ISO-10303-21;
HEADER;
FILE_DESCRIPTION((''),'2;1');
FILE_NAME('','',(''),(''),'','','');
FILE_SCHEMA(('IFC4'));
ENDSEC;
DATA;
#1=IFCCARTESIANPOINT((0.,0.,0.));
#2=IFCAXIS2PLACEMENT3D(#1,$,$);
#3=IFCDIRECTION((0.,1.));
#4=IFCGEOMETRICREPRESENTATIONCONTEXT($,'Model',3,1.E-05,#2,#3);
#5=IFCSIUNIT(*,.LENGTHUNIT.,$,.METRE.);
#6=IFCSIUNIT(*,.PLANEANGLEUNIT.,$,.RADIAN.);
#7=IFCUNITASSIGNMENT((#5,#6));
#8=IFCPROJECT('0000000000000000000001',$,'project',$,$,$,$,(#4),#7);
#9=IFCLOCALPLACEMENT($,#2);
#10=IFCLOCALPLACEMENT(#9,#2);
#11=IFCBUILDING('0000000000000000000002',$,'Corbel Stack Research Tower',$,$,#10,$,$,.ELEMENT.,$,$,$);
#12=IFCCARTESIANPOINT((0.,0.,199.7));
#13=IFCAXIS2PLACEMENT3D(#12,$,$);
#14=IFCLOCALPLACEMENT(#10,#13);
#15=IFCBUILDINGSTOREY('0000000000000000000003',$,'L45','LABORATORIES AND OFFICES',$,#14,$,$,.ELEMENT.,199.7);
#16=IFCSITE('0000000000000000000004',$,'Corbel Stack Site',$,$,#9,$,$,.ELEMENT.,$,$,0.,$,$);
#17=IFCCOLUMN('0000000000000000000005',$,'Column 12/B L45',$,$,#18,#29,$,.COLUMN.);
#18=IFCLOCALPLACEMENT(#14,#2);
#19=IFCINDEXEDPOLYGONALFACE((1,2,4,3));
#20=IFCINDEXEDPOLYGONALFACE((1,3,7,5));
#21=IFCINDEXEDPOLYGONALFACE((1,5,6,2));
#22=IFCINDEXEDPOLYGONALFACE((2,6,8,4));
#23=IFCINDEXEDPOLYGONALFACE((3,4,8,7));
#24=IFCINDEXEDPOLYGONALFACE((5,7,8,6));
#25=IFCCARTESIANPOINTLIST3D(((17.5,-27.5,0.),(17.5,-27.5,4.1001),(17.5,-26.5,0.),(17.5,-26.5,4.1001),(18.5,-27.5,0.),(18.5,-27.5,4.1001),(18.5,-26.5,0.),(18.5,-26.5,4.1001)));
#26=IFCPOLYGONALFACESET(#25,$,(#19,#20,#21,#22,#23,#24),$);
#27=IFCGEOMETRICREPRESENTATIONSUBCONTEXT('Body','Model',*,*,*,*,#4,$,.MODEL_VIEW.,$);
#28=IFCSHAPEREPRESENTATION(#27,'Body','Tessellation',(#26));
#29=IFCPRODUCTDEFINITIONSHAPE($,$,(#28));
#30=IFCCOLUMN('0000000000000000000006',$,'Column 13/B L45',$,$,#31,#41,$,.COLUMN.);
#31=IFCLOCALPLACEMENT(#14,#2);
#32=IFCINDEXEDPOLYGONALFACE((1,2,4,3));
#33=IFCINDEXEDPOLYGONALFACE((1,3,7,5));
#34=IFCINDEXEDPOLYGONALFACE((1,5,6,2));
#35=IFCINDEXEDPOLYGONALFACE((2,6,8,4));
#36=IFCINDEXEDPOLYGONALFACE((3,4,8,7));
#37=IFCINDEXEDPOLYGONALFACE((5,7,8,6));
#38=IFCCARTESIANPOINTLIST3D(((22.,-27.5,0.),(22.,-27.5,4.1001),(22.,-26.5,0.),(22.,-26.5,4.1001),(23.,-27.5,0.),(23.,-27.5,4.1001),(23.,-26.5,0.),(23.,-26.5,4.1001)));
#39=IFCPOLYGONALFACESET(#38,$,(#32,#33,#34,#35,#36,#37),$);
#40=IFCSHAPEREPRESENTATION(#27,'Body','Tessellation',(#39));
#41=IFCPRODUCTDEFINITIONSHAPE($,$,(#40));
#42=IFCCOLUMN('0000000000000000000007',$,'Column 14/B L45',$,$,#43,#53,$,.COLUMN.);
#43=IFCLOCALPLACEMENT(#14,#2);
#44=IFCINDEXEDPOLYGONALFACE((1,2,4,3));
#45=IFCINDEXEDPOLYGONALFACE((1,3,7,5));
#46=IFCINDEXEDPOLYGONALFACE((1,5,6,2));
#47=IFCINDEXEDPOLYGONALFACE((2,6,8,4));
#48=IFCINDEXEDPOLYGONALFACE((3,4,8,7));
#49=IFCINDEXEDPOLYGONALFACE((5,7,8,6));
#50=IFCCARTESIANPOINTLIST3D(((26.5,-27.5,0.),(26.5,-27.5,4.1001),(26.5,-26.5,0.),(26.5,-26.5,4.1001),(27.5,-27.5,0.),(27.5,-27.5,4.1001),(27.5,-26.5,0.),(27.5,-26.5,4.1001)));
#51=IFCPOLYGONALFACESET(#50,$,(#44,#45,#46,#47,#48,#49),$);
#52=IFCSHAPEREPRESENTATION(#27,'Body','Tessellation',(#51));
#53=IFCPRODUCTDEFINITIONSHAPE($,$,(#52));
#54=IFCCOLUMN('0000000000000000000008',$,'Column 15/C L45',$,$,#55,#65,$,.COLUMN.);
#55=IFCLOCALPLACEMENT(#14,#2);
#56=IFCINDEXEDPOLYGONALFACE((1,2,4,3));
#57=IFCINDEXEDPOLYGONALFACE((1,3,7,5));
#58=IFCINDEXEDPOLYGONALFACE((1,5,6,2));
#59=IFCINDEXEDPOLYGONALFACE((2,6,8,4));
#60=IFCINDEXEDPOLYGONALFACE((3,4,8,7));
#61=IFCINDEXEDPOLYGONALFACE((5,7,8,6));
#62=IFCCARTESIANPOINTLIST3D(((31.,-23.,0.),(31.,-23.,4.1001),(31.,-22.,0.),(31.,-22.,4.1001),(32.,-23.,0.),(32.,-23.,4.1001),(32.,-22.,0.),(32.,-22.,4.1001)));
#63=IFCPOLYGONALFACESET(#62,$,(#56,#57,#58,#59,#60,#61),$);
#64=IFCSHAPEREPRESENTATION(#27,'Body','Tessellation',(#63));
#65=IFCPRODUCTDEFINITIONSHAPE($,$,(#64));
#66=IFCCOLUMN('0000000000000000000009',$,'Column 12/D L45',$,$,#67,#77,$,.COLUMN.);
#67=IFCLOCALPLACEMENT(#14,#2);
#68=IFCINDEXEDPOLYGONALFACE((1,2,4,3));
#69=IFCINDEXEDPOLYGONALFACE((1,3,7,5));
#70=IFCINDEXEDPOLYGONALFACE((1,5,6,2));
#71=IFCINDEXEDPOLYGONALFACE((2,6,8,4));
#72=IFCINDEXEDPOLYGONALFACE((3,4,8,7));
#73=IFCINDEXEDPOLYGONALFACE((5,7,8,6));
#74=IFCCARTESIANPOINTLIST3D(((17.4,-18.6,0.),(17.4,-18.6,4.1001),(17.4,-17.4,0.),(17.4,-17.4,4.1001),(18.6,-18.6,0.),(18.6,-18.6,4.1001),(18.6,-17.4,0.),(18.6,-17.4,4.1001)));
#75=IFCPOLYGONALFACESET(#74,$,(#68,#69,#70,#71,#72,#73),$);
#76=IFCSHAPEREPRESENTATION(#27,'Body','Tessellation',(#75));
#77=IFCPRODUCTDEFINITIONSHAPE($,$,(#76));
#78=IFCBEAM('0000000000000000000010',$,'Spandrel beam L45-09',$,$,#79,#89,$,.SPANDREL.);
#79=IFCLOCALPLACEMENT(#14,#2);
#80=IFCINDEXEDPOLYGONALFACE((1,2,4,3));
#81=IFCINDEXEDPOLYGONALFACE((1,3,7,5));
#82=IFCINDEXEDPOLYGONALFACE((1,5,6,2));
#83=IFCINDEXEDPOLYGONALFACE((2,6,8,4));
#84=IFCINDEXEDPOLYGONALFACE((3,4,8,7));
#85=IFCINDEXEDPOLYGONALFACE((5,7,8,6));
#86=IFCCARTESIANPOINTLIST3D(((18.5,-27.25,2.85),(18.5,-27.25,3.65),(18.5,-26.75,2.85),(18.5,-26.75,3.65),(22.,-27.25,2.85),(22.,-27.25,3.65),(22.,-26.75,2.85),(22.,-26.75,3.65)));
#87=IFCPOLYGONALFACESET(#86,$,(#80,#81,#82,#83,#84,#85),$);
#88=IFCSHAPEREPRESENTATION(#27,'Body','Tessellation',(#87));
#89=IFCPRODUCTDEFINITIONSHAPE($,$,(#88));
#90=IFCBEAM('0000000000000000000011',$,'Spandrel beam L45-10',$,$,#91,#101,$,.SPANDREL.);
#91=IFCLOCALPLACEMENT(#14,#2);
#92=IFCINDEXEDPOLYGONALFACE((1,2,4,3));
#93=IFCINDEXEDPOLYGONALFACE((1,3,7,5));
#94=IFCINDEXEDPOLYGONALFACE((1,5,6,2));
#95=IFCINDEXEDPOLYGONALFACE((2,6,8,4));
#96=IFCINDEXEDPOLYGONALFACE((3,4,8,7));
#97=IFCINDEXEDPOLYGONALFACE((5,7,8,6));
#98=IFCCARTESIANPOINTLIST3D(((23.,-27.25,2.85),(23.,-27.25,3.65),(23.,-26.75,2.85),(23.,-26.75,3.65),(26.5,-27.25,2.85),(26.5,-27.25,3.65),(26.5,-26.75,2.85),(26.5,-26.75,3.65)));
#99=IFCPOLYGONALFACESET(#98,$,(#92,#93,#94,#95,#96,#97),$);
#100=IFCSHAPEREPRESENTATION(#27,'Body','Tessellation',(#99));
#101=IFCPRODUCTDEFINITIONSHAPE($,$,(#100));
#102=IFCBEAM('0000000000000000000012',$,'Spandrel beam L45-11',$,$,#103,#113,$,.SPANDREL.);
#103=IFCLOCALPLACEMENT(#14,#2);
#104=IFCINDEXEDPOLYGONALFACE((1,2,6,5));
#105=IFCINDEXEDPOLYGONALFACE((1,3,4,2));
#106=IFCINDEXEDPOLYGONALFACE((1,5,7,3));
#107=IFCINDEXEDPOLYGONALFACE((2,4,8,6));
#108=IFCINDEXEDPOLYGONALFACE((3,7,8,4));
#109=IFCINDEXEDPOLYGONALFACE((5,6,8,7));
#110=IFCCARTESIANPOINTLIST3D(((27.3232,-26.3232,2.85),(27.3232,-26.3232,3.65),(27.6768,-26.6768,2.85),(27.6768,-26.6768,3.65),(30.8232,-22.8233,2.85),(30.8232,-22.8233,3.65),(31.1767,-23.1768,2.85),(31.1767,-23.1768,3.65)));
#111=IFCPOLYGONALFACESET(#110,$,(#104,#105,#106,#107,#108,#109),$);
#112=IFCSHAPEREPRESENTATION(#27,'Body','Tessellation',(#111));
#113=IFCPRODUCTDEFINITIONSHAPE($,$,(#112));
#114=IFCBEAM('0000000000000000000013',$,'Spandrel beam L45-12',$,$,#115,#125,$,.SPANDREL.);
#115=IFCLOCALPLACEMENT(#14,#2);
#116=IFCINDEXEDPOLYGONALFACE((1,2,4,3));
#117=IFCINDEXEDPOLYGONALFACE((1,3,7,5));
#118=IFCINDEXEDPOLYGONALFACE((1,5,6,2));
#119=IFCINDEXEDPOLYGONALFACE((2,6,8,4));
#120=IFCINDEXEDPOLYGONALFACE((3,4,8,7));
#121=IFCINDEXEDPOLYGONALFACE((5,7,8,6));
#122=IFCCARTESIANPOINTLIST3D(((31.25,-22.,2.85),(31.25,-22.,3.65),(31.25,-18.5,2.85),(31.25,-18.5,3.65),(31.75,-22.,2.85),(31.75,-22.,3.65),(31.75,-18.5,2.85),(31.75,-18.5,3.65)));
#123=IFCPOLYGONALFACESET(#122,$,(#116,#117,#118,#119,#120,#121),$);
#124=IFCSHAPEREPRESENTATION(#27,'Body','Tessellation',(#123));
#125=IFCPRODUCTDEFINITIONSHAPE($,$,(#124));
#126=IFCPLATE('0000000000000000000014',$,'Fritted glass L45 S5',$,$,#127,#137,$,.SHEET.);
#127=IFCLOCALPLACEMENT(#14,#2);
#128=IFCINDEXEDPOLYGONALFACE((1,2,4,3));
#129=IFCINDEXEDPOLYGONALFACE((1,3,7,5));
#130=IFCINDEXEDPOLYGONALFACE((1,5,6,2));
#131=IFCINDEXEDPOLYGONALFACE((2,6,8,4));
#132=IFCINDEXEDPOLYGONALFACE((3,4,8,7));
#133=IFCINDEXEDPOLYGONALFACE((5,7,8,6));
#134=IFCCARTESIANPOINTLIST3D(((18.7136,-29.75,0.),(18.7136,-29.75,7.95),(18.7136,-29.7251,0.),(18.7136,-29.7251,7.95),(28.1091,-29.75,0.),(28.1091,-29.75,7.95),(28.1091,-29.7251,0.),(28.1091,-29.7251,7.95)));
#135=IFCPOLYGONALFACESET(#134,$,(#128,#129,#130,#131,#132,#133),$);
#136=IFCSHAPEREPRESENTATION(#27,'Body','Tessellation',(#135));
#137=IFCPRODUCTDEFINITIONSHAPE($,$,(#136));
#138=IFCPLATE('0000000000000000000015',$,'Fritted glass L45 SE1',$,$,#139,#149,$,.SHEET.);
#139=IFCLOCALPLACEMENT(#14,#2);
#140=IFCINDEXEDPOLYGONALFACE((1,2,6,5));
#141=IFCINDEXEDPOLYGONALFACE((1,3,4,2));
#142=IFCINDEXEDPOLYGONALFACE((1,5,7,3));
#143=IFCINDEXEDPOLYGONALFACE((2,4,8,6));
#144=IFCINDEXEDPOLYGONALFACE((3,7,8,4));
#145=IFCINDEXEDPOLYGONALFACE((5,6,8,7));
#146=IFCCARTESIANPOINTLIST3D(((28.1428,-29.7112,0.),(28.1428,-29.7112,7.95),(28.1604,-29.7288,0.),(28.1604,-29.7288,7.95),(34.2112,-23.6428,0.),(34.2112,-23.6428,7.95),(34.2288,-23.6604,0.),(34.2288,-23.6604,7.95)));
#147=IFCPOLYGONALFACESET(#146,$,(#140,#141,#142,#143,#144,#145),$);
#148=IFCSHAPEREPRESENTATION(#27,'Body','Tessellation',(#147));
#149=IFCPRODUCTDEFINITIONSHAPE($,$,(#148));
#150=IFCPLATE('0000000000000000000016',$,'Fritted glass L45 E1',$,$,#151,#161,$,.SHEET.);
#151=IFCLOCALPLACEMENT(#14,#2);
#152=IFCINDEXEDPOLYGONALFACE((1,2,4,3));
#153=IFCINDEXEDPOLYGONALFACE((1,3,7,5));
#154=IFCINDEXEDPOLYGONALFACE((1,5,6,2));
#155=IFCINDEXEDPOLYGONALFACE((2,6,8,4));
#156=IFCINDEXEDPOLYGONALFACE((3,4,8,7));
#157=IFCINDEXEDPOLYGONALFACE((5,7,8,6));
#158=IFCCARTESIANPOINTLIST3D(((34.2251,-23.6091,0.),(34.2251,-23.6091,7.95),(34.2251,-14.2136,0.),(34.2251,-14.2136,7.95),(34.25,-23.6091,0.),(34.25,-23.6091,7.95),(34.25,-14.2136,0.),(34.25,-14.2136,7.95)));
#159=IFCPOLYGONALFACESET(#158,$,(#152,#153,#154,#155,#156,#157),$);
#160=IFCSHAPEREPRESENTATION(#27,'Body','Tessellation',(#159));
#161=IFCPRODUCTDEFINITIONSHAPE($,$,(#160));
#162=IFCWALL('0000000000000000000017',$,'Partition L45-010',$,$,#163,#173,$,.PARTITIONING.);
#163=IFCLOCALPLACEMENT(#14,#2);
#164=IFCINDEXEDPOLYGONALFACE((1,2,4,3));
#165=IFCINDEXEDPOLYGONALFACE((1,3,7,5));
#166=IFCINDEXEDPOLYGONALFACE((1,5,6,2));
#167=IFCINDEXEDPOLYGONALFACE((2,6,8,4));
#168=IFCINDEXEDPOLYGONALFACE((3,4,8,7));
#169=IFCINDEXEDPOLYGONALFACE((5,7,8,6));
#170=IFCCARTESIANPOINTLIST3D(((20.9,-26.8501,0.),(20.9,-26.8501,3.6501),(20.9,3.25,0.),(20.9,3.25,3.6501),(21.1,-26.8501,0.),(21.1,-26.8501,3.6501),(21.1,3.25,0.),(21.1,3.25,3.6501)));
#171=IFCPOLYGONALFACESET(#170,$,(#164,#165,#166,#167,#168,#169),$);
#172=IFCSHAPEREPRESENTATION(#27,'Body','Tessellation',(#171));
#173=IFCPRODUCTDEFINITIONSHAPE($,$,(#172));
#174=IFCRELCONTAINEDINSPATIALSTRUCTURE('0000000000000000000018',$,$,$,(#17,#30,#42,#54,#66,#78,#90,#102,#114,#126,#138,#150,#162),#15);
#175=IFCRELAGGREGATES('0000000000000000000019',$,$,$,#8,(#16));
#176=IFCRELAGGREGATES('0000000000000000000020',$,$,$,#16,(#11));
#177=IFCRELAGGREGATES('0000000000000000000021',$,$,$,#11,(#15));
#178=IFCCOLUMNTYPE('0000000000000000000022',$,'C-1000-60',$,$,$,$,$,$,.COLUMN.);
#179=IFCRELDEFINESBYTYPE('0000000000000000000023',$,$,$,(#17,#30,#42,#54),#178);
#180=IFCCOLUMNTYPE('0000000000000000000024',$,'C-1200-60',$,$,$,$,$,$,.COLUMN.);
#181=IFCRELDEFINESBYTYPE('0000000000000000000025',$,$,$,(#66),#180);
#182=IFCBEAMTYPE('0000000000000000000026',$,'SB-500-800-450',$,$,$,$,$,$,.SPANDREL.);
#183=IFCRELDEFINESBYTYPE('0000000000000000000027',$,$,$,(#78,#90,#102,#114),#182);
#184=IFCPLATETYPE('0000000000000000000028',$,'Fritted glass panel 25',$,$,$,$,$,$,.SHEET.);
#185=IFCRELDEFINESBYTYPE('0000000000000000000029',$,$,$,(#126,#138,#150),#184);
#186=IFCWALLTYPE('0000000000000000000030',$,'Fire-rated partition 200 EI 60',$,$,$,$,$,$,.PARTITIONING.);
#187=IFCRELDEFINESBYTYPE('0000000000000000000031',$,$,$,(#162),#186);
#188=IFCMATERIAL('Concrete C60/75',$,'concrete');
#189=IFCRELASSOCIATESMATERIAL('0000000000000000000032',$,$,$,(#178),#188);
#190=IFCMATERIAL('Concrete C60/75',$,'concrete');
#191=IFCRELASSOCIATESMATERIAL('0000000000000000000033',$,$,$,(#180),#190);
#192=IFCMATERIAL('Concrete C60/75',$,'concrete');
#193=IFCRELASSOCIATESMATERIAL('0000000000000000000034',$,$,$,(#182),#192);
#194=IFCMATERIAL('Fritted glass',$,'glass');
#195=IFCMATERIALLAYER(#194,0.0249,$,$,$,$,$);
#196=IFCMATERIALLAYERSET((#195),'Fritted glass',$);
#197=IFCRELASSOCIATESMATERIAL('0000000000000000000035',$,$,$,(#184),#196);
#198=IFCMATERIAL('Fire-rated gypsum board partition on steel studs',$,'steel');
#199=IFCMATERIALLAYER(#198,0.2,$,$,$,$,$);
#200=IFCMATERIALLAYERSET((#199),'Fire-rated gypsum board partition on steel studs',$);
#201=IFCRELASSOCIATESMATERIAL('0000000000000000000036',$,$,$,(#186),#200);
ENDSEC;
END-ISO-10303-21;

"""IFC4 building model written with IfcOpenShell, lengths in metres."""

from ifc_helpers import new_model, si_unit, direction, frame, frame_2d, origin, origin_2d, place, context, subcontext, project, spatial, rectangle, extrude, material, layer, layer_set, material_profile, profile_set, type_object, element, save


model = new_model("IFC4")

# Units and contexts
model_context = context("Model", 3, precision=1e-05, world=origin(), true_north=direction((0.0, 1.0)))
body_context = subcontext(model_context, "Body", "Model", "MODEL_VIEW")
ifc_project = project(units=[si_unit("LENGTHUNIT", "METRE"), si_unit("PLANEANGLEUNIT", "RADIAN")], contexts=[model_context])

# Site, building, storey
site_placement = place(None, origin())
site = spatial("IfcSite", under=ifc_project, at=site_placement, Name="Corbel Stack Site", CompositionType="ELEMENT", RefElevation=0.0)
building_placement = place(site_placement, origin())
building = spatial("IfcBuilding", under=site, at=building_placement, Name="Corbel Stack Research Tower", CompositionType="ELEMENT")
storey_placement = place(building_placement, frame((0.0, 0.0, 199.7)))
storey = spatial("IfcBuildingStorey", under=building, at=storey_placement, Name="L45", Description="LABORATORIES AND OFFICES", CompositionType="ELEMENT", Elevation=199.7)

# Columns
ifc_material_1 = material(Name="Concrete C60/75", Category="concrete")
ifc_material_profile_1 = material_profile(ifc_material_1, rectangle(XDim=1.0, YDim=1.0, at=origin_2d()), Name="RC 1000 x 1000")
ifc_profile_set_1 = profile_set([ifc_material_profile_1], Name="Concrete C60/75")
column_type_1 = type_object("IfcColumnType", Name="C-1000-60", PredefinedType="COLUMN", material=ifc_profile_set_1)
for number, where, z_axis, x_axis, name in (
    (1, (18.0, -27.0, 0.0), (0.0, 0.0, 1.0), (1.0, 0.0, 0.0), "Column 12/B L45"),
    (2, (22.5, -27.0, 0.0), (0.0, 0.0, 1.0), (1.0, 0.0, 0.0), "Column 13/B L45"),
    (3, (27.0, -27.0, 0.0), (0.0, 0.0, 1.0), (1.0, 0.0, 0.0), "Column 14/B L45"),
    (4, (31.5, -22.5, 0.0), (0.0, 0.0, 1.0), (1.0, 0.0, 0.0), "Column 15/C L45"),
):
    element("IfcColumn", number, at=place(storey_placement, frame(where, z_axis=z_axis, x_axis=x_axis)), inside=storey, type_object=column_type_1, Name=name, PredefinedType="COLUMN", context=body_context, shape_type="SweptSolid", body=[
        extrude(rectangle(XDim=1.0, YDim=1.0, at=origin_2d()), origin(), (0.0, 0.0, 1.0), 4.1001),
    ])
ifc_material_2 = material(Name="Concrete C60/75", Category="concrete")
ifc_material_profile_2 = material_profile(ifc_material_2, rectangle(XDim=1.2, YDim=1.2, at=origin_2d()), Name="RC 1200 x 1200")
ifc_profile_set_2 = profile_set([ifc_material_profile_2], Name="Concrete C60/75")
column_type_2 = type_object("IfcColumnType", Name="C-1200-60", PredefinedType="COLUMN", material=ifc_profile_set_2)
column_placement = place(storey_placement, frame((18.0, -18.0, 0.0), z_axis=(0.0, 0.0, 1.0), x_axis=(1.0, 0.0, 0.0)))
element("IfcColumn", 5, at=column_placement, inside=storey, type_object=column_type_2, Name="Column 12/D L45", PredefinedType="COLUMN", context=body_context, shape_type="SweptSolid", body=[
    extrude(rectangle(XDim=1.2, YDim=1.2, at=origin_2d()), origin(), (0.0, 0.0, 1.0), 4.1001),
])

# Beams
ifc_material_3 = material(Name="Concrete C60/75", Category="concrete")
ifc_material_profile_3 = material_profile(ifc_material_3, rectangle(XDim=0.5, YDim=0.8, at=origin_2d()), Name="RC 500 x 800")
ifc_profile_set_3 = profile_set([ifc_material_profile_3], Name="Concrete C60/75")
beam_type = type_object("IfcBeamType", Name="SB-500-800-450", PredefinedType="SPANDREL", material=ifc_profile_set_3)
for number, where, z_axis, x_axis, name in (
    (6, (18.5, -27.0, 3.25), (1.0, 0.0, 0.0), (0.0, 1.0, 0.0), "Spandrel beam L45-09"),
    (7, (23.0, -27.0, 3.25), (1.0, 0.0, 0.0), (0.0, 1.0, 0.0), "Spandrel beam L45-10"),
):
    element("IfcBeam", number, at=place(storey_placement, frame(where, z_axis=z_axis, x_axis=x_axis)), inside=storey, type_object=beam_type, Name=name, PredefinedType="SPANDREL", context=body_context, shape_type="SweptSolid", body=[
        extrude(rectangle(XDim=0.5, YDim=0.8, at=origin_2d()), origin(), (0.0, 0.0, 1.0), 3.5),
    ])
beam_1_placement = place(storey_placement, frame((27.5, -26.5, 3.25), z_axis=(0.707107, 0.707107, 0.0), x_axis=(-0.707107, 0.707107, 0.0)))
element("IfcBeam", 8, at=beam_1_placement, inside=storey, type_object=beam_type, Name="Spandrel beam L45-11", PredefinedType="SPANDREL", context=body_context, shape_type="SweptSolid", body=[
    extrude(rectangle(XDim=0.5, YDim=0.8, at=origin_2d()), origin(), (0.0, 0.0, 1.0), 4.9497),
])
beam_2_placement = place(storey_placement, frame((31.5, -22.0, 3.25), z_axis=(0.0, 1.0, 0.0), x_axis=(-1.0, 0.0, 0.0)))
element("IfcBeam", 9, at=beam_2_placement, inside=storey, type_object=beam_type, Name="Spandrel beam L45-12", PredefinedType="SPANDREL", context=body_context, shape_type="SweptSolid", body=[
    extrude(rectangle(XDim=0.5, YDim=0.8, at=origin_2d()), origin(), (0.0, 0.0, 1.0), 3.5),
])

# Plates
ifc_material_4 = material(Name="Fritted glass", Category="glass")
ifc_layer_1 = layer(ifc_material_4, 0.0249)
ifc_layer_set_1 = layer_set([ifc_layer_1], Name="Fritted glass")
plate_type = type_object("IfcPlateType", Name="Fritted glass panel 25", PredefinedType="SHEET", material=ifc_layer_set_1)
plate_1_placement = place(storey_placement, frame((23.4114, -29.7375, 0.0), z_axis=(0.0, 0.0, 1.0), x_axis=(1.0, 0.0, 0.0)))
element("IfcPlate", 10, at=plate_1_placement, inside=storey, type_object=plate_type, Name="Fritted glass L45 S5", PredefinedType="SHEET", context=body_context, shape_type="SweptSolid", body=[
    extrude(rectangle(XDim=9.3955, YDim=0.0249, at=origin_2d()), origin(), (0.0, 0.0, 1.0), 7.95),
])
plate_2_placement = place(storey_placement, frame((31.1858, -26.6858, 0.0), z_axis=(0.0, 0.0, 1.0), x_axis=(0.707107, 0.707107, 0.0)))
element("IfcPlate", 11, at=plate_2_placement, inside=storey, type_object=plate_type, Name="Fritted glass L45 SE1", PredefinedType="SHEET", context=body_context, shape_type="SweptSolid", body=[
    extrude(rectangle(XDim=8.582, YDim=0.0249, at=origin_2d()), origin(), (0.0, 0.0, 1.0), 7.95),
])
plate_3_placement = place(storey_placement, frame((34.2375, -18.9114, 0.0), z_axis=(0.0, 0.0, 1.0), x_axis=(0.0, 1.0, 0.0)))
element("IfcPlate", 12, at=plate_3_placement, inside=storey, type_object=plate_type, Name="Fritted glass L45 E1", PredefinedType="SHEET", context=body_context, shape_type="SweptSolid", body=[
    extrude(rectangle(XDim=9.3955, YDim=0.0249, at=origin_2d()), origin(), (0.0, 0.0, 1.0), 7.95),
])

# Wall
ifc_material_5 = material(Name="Fire-rated gypsum board partition on steel studs", Category="steel")
ifc_layer_2 = layer(ifc_material_5, 0.2)
ifc_layer_set_2 = layer_set([ifc_layer_2], Name="Fire-rated gypsum board partition on steel studs")
wall_type_1 = type_object("IfcWallType", Name="Fire-rated partition 200 EI 60", PredefinedType="PARTITIONING", material=ifc_layer_set_2)
wall_1_placement = place(storey_placement, frame((21.0, -26.8501, 0.0), z_axis=(0.0, 0.0, 1.0), x_axis=(0.0, 1.0, 0.0)))
element("IfcWall", 13, at=wall_1_placement, inside=storey, type_object=wall_type_1, Name="Partition L45-010", PredefinedType="PARTITIONING", context=body_context, shape_type="SweptSolid", body=[
    extrude(rectangle(XDim=30.1001, YDim=0.2, at=frame_2d((15.05, 0.0))), origin(), (0.0, 0.0, 1.0), 3.6501),
])

save(model, "model.ifc")
